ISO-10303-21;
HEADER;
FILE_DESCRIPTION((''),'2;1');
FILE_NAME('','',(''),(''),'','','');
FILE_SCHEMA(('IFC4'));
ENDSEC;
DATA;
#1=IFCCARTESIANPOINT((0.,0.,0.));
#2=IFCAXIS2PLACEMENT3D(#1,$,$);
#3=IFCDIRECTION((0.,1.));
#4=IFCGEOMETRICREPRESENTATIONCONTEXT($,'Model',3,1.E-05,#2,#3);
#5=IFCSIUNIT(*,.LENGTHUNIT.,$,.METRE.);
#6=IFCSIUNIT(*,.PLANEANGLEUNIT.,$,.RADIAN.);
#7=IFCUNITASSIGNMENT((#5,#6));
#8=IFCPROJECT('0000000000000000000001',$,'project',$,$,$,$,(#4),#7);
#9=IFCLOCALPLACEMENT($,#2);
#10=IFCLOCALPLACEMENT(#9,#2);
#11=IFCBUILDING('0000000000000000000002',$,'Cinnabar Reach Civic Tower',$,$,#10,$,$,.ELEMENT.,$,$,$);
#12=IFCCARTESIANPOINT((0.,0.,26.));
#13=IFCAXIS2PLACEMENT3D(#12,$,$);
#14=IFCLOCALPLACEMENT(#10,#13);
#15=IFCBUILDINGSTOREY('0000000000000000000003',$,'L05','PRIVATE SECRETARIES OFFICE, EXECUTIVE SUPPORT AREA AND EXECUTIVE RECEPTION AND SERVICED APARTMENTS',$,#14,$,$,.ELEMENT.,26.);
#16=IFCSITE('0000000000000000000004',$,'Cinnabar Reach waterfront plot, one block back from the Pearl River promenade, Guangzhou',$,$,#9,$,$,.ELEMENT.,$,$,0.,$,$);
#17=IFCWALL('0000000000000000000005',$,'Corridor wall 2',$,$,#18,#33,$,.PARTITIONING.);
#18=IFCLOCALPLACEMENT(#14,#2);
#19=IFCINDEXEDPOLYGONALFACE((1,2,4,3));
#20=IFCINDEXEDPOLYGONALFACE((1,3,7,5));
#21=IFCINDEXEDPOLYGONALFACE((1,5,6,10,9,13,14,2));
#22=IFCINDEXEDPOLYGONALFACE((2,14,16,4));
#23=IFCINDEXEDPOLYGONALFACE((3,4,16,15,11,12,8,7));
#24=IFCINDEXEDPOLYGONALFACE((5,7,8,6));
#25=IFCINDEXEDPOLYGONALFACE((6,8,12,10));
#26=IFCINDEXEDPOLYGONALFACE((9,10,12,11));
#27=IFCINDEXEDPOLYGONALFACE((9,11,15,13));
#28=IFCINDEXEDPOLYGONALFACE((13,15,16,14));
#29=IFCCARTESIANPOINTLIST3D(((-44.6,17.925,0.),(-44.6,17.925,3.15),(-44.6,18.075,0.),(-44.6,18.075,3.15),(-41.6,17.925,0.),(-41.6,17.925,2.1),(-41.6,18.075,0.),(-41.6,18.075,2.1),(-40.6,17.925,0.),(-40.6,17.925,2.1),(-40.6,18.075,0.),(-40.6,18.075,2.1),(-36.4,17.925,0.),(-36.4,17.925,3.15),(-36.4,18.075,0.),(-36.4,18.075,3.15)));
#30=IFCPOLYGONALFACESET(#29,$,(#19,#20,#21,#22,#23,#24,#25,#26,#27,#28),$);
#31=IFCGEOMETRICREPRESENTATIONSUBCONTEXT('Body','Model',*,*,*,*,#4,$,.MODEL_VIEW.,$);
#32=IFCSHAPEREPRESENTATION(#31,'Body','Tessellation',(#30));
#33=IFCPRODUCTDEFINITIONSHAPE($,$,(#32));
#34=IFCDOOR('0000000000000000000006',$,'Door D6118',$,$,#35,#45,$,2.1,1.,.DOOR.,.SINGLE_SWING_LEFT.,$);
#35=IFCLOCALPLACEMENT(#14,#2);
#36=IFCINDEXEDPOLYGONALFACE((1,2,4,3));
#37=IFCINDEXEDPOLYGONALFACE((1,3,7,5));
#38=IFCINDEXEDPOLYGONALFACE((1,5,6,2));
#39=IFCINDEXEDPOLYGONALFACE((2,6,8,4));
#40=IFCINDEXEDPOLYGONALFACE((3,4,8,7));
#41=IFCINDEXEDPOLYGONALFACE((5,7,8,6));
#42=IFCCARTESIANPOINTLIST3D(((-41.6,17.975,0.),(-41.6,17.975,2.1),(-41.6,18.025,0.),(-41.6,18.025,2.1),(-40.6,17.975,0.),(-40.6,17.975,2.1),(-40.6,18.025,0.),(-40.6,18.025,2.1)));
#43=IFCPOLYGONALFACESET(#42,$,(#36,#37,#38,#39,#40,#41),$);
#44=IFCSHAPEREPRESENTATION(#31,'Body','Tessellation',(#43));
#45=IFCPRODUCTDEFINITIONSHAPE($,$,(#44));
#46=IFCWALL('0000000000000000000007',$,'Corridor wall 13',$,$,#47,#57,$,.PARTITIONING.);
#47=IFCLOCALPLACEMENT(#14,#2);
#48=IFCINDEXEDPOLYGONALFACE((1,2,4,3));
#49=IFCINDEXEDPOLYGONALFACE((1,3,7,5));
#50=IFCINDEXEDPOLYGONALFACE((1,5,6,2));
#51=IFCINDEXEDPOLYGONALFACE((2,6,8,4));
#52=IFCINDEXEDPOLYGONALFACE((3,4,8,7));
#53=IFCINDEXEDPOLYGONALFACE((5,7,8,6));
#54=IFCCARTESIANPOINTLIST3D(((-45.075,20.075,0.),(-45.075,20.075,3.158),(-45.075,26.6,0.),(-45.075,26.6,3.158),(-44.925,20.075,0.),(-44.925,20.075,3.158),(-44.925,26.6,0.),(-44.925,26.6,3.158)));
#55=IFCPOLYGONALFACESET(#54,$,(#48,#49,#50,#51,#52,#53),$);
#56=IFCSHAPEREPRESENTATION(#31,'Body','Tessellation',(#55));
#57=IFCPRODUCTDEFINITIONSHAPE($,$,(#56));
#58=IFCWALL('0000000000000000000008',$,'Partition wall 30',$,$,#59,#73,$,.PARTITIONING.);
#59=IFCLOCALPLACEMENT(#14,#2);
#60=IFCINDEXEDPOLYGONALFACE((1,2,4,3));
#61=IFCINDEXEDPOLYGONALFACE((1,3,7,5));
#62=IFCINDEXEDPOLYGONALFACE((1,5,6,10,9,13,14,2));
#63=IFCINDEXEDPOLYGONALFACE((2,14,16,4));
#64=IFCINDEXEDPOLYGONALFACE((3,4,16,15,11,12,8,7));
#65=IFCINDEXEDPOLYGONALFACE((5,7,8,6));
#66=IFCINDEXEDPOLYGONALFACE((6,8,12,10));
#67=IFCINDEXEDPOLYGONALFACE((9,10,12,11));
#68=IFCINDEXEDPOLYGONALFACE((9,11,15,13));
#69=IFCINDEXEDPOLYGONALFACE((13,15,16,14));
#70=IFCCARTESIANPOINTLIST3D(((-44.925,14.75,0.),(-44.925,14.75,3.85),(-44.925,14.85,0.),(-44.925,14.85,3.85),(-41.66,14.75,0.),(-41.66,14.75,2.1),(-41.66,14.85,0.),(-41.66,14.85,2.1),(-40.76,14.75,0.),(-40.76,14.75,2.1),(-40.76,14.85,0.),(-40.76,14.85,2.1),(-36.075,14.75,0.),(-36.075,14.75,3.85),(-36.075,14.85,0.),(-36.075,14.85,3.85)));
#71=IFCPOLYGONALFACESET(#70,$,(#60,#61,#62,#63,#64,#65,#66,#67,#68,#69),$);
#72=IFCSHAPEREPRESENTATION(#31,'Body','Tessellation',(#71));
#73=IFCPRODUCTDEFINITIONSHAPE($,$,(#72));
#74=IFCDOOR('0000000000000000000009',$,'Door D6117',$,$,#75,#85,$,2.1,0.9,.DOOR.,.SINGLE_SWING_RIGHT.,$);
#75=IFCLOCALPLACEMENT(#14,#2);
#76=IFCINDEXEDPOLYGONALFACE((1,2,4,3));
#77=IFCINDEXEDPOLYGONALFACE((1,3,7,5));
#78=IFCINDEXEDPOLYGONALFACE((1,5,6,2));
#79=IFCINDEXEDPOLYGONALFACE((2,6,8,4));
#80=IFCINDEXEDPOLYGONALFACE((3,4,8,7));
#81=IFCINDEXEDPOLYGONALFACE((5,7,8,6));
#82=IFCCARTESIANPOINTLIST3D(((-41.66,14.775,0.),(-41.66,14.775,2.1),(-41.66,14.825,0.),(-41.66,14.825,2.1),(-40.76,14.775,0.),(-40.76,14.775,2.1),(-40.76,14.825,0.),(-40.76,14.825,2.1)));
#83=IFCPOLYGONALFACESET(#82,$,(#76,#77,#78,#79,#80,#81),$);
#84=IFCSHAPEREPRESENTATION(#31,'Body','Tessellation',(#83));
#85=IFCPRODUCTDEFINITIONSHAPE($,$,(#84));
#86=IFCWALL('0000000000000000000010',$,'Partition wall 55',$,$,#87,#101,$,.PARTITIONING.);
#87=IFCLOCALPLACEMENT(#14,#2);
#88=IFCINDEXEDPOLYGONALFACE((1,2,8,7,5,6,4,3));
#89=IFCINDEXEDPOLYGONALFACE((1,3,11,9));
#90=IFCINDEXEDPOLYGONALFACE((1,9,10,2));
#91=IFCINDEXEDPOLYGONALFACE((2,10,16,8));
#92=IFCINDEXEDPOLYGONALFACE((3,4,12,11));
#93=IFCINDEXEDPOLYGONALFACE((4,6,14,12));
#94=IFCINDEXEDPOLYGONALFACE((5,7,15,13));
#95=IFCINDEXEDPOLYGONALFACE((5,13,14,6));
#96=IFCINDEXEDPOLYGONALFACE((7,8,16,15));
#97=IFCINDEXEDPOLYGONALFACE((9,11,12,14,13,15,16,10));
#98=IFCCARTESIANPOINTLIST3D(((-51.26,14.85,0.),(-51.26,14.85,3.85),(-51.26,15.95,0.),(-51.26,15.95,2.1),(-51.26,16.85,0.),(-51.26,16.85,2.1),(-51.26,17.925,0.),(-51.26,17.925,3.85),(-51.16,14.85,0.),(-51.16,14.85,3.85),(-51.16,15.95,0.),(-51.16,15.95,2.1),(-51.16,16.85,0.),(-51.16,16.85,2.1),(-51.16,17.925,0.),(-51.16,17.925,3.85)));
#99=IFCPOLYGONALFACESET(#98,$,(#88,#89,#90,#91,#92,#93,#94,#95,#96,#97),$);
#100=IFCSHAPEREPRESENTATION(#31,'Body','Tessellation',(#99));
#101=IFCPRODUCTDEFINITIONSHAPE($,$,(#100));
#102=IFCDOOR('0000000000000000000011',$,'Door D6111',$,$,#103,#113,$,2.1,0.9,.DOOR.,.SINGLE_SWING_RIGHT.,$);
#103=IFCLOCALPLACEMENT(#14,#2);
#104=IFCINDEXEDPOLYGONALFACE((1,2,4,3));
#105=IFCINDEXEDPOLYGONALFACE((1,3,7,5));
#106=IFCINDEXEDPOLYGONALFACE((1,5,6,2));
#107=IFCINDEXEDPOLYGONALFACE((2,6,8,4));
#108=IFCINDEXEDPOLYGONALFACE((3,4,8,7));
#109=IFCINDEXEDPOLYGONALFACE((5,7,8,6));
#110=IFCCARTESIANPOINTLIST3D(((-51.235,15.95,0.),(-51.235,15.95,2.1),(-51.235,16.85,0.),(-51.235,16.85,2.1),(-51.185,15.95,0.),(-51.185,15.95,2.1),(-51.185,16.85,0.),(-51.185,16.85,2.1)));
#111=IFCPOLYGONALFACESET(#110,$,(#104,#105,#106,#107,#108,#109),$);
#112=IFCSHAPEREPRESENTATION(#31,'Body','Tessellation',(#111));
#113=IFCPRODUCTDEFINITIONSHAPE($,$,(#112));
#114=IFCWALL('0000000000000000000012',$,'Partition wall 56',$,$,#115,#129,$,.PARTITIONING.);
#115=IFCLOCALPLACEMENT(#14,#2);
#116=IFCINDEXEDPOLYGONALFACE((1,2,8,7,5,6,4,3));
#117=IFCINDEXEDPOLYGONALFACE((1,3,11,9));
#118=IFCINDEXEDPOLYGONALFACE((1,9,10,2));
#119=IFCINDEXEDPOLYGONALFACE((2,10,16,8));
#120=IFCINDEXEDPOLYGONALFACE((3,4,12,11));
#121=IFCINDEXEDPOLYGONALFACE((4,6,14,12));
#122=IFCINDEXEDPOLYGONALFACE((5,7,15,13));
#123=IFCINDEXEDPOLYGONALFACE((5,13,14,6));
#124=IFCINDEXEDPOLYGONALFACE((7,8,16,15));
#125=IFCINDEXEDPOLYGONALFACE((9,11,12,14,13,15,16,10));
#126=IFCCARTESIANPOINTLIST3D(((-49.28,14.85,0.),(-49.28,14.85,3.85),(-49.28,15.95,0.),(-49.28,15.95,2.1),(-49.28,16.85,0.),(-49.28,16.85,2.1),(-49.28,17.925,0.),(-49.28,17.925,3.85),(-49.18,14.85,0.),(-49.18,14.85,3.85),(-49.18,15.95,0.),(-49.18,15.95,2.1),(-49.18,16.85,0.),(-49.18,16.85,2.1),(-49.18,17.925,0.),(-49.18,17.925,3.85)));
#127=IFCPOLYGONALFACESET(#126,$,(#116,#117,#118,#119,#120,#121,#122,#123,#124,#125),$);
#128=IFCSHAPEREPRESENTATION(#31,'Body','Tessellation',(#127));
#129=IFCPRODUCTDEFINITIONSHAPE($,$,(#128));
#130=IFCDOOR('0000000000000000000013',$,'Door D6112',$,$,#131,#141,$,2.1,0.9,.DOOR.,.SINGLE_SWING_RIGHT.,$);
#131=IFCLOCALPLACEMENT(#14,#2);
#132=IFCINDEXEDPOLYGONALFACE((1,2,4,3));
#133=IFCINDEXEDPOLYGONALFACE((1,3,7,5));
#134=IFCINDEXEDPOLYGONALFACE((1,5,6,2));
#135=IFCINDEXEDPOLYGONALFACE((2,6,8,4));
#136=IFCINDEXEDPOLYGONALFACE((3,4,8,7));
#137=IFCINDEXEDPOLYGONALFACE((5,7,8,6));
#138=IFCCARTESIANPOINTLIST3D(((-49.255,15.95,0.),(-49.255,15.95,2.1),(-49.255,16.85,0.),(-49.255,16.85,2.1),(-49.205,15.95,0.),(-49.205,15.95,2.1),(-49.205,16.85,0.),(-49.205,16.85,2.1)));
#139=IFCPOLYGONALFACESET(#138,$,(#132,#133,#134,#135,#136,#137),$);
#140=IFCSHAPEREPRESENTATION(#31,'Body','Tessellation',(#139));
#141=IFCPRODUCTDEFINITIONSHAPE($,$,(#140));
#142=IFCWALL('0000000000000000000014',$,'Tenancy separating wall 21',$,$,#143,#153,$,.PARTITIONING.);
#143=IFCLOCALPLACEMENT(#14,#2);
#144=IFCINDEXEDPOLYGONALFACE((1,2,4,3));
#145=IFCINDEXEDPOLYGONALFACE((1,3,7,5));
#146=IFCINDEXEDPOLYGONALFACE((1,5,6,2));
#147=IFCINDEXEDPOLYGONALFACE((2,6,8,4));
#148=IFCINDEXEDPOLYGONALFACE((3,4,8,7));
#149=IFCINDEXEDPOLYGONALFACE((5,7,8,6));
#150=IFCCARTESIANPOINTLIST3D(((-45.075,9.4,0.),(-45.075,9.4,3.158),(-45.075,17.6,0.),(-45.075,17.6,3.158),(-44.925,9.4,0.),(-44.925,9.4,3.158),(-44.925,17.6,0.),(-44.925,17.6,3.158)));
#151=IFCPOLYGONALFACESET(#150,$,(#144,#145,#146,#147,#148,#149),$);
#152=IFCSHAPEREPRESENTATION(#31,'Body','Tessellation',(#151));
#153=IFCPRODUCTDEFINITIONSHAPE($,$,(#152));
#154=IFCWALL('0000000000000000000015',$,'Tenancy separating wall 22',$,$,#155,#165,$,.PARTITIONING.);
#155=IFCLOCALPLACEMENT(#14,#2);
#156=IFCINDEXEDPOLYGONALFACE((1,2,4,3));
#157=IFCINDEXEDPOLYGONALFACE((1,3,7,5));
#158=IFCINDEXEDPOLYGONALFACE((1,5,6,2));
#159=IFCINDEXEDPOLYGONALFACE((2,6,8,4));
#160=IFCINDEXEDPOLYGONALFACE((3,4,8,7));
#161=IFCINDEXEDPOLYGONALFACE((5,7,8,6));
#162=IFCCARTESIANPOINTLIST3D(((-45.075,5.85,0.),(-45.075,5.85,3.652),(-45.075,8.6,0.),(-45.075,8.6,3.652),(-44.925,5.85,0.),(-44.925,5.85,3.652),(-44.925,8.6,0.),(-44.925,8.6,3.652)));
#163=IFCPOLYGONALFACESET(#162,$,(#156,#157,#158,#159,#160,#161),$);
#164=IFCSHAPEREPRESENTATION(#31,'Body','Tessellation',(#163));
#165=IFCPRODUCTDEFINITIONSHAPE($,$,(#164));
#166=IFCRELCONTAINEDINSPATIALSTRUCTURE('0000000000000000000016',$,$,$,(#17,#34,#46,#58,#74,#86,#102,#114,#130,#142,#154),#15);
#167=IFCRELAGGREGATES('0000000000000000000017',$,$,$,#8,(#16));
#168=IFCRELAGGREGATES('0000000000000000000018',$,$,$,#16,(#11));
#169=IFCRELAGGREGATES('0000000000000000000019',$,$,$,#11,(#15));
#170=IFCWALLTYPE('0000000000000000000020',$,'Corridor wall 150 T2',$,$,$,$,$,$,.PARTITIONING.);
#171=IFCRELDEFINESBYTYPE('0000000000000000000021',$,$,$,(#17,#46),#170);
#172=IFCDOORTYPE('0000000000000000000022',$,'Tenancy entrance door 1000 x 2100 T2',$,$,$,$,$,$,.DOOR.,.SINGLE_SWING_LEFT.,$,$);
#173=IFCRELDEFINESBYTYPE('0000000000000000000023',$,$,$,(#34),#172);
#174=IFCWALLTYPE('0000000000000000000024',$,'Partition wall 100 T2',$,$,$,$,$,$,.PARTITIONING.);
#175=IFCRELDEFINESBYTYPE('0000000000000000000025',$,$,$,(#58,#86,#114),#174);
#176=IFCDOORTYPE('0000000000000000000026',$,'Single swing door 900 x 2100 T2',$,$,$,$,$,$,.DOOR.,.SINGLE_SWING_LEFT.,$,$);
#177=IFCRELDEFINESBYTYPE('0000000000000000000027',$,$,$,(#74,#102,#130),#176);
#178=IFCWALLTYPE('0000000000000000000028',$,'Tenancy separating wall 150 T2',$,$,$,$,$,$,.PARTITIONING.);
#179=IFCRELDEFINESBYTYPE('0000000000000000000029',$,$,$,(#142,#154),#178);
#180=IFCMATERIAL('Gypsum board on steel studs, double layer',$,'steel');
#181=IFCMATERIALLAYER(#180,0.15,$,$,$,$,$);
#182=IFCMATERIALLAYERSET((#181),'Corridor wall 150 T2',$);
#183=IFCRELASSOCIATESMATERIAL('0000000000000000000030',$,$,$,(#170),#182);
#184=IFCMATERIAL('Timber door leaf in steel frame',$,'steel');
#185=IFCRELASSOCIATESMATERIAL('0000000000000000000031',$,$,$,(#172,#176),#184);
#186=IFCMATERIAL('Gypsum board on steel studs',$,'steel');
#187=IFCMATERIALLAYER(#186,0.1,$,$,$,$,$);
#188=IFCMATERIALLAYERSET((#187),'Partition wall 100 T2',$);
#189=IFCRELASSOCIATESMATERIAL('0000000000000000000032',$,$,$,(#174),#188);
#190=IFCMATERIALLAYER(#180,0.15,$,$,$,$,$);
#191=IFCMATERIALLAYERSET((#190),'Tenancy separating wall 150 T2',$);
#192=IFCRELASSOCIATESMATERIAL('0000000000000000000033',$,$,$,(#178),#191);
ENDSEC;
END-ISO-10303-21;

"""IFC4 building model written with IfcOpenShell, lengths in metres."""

from ifc_helpers import new_model, si_unit, direction, frame, frame_2d, origin, place, context, subcontext, project, spatial, rectangle, extrude, material, layer, layer_set, type_object, element, fill, save


model = new_model("IFC4")

# Units and contexts
model_context = context("Model", 3, precision=1e-05, world=origin(), true_north=direction((0.0, 1.0)))
body_context = subcontext(model_context, "Body", "Model", "MODEL_VIEW")
ifc_project = project(units=[si_unit("LENGTHUNIT", "METRE"), si_unit("PLANEANGLEUNIT", "RADIAN")], contexts=[model_context])

# Site, building, storey
site_placement = place(None, origin())
site = spatial("IfcSite", under=ifc_project, at=site_placement, Name="Cinnabar Reach waterfront plot, one block back from the Pearl River promenade, Guangzhou", CompositionType="ELEMENT", RefElevation=0.0)
building_placement = place(site_placement, origin())
building = spatial("IfcBuilding", under=site, at=building_placement, Name="Cinnabar Reach Civic Tower", CompositionType="ELEMENT")
storey_placement = place(building_placement, frame((0.0, 0.0, 26.0)))
storey = spatial("IfcBuildingStorey", under=building, at=storey_placement, Name="L05", Description="PRIVATE SECRETARIES OFFICE, EXECUTIVE SUPPORT AREA AND EXECUTIVE RECEPTION AND SERVICED APARTMENTS", CompositionType="ELEMENT", Elevation=26.0)

# Wall, opening, door
ifc_material_1 = material(Name="Gypsum board on steel studs, double layer", Category="steel")
ifc_layer_1 = layer(ifc_material_1, 0.15)
ifc_layer_set_1 = layer_set([ifc_layer_1], Name="Corridor wall 150 T2")
wall_type_1 = type_object("IfcWallType", Name="Corridor wall 150 T2", PredefinedType="PARTITIONING", material=ifc_layer_set_1)
wall_1_placement = place(storey_placement, frame((-44.6, 18.0, 0.0), z_axis=(0.0, 0.0, 1.0), x_axis=(1.0, 0.0, 0.0)))
wall_1 = element("IfcWall", 1, at=wall_1_placement, inside=storey, type_object=wall_type_1, Name="Corridor wall 2", PredefinedType="PARTITIONING", context=body_context, shape_type="SweptSolid", body=[
    extrude(rectangle(XDim=8.2, YDim=0.15, at=frame_2d((4.1, 0.0))), origin(), (0.0, 0.0, 1.0), 3.15),
])
opening_1_placement = place(wall_1_placement, frame((3.0, 0.0, 0.0)))
opening_1 = element("IfcOpeningElement", 2, at=opening_1_placement, cuts=wall_1, PredefinedType="OPENING", context=body_context, shape_type="SweptSolid", body=[
    extrude(rectangle(XDim=1.0, YDim=2.1, at=frame_2d((0.5, 1.05))), frame((0.0, 0.085, 0.0), z_axis=(0.0, -1.0, 0.0), x_axis=(1.0, 0.0, 0.0)), (0.0, 0.0, 1.0), 0.17),
])
ifc_material_2 = material(Name="Timber door leaf in steel frame", Category="steel")
door_type_1 = type_object("IfcDoorType", Name="Tenancy entrance door 1000 x 2100 T2", OperationType="SINGLE_SWING_LEFT", PredefinedType="DOOR", material=ifc_material_2)
door_1_placement = place(opening_1_placement, frame((1.0, 0.0, 0.0), z_axis=(0.0, 0.0, 1.0), x_axis=(-1.0, 0.0, 0.0)))
door_1 = element("IfcDoor", 3, at=door_1_placement, inside=storey, type_object=door_type_1, Name="Door D6118", OperationType="SINGLE_SWING_LEFT", OverallHeight=2.1, OverallWidth=1.0, PredefinedType="DOOR", context=body_context, shape_type="SweptSolid", body=[
    extrude(rectangle(XDim=1.0, YDim=2.1, at=frame_2d((0.5, 1.05))), frame((0.0, 0.025, 0.0), z_axis=(0.0, -1.0, 0.0), x_axis=(1.0, 0.0, 0.0)), (0.0, 0.0, 1.0), 0.05),
])
fill(opening_1, door_1)

# Wall
wall_2_placement = place(storey_placement, frame((-45.0, 20.075, 0.0), z_axis=(0.0, 0.0, 1.0), x_axis=(0.0, 1.0, 0.0)))
element("IfcWall", 4, at=wall_2_placement, inside=storey, type_object=wall_type_1, Name="Corridor wall 13", PredefinedType="PARTITIONING", context=body_context, shape_type="SweptSolid", body=[
    extrude(rectangle(XDim=6.525, YDim=0.15, at=frame_2d((3.2625, 0.0))), origin(), (0.0, 0.0, 1.0), 3.158),
])

# Walls, openings, doors
ifc_material_3 = material(Name="Gypsum board on steel studs", Category="steel")
ifc_layer_2 = layer(ifc_material_3, 0.1)
ifc_layer_set_2 = layer_set([ifc_layer_2], Name="Partition wall 100 T2")
wall_type_2 = type_object("IfcWallType", Name="Partition wall 100 T2", PredefinedType="PARTITIONING", material=ifc_layer_set_2)
wall_3_placement = place(storey_placement, frame((-44.925, 14.8, 0.0), z_axis=(0.0, 0.0, 1.0), x_axis=(1.0, 0.0, 0.0)))
wall_3 = element("IfcWall", 5, at=wall_3_placement, inside=storey, type_object=wall_type_2, Name="Partition wall 30", PredefinedType="PARTITIONING", context=body_context, shape_type="SweptSolid", body=[
    extrude(rectangle(XDim=8.85, YDim=0.1, at=frame_2d((4.425, 0.0))), origin(), (0.0, 0.0, 1.0), 3.85),
])
opening_2_placement = place(wall_3_placement, frame((3.265, 0.0, 0.0)))
opening_2 = element("IfcOpeningElement", 6, at=opening_2_placement, cuts=wall_3, PredefinedType="OPENING", context=body_context, shape_type="SweptSolid", body=[
    extrude(rectangle(XDim=0.9, YDim=2.1, at=frame_2d((0.45, 1.05))), frame((0.0, 0.06, 0.0), z_axis=(0.0, -1.0, 0.0), x_axis=(1.0, 0.0, 0.0)), (0.0, 0.0, 1.0), 0.12),
])
door_type_2 = type_object("IfcDoorType", Name="Single swing door 900 x 2100 T2", OperationType="SINGLE_SWING_LEFT", PredefinedType="DOOR", material=ifc_material_2)
door_2_placement = place(opening_2_placement, origin())
door_2 = element("IfcDoor", 7, at=door_2_placement, inside=storey, type_object=door_type_2, Name="Door D6117", OperationType="SINGLE_SWING_RIGHT", OverallHeight=2.1, OverallWidth=0.9, PredefinedType="DOOR", context=body_context, shape_type="SweptSolid", body=[
    extrude(rectangle(XDim=0.9, YDim=2.1, at=frame_2d((0.45, 1.05))), frame((0.0, 0.025, 0.0), z_axis=(0.0, -1.0, 0.0), x_axis=(1.0, 0.0, 0.0)), (0.0, 0.0, 1.0), 0.05),
])
fill(opening_2, door_2)
wall_4_placement = place(storey_placement, frame((-51.21, 14.85, 0.0), z_axis=(0.0, 0.0, 1.0), x_axis=(0.0, 1.0, 0.0)))
wall_4 = element("IfcWall", 8, at=wall_4_placement, inside=storey, type_object=wall_type_2, Name="Partition wall 55", PredefinedType="PARTITIONING", context=body_context, shape_type="SweptSolid", body=[
    extrude(rectangle(XDim=3.075, YDim=0.1, at=frame_2d((1.5375, 0.0))), origin(), (0.0, 0.0, 1.0), 3.85),
])
opening_3_placement = place(wall_4_placement, frame((1.1, 0.0, 0.0)))
opening_3 = element("IfcOpeningElement", 9, at=opening_3_placement, cuts=wall_4, PredefinedType="OPENING", context=body_context, shape_type="SweptSolid", body=[
    extrude(rectangle(XDim=0.9, YDim=2.1, at=frame_2d((0.45, 1.05))), frame((0.0, 0.06, 0.0), z_axis=(0.0, -1.0, 0.0), x_axis=(1.0, 0.0, 0.0)), (0.0, 0.0, 1.0), 0.12),
])
door_3_placement = place(opening_3_placement, origin())
door_3 = element("IfcDoor", 10, at=door_3_placement, inside=storey, type_object=door_type_2, Name="Door D6111", OperationType="SINGLE_SWING_RIGHT", OverallHeight=2.1, OverallWidth=0.9, PredefinedType="DOOR", context=body_context, shape_type="SweptSolid", body=[
    extrude(rectangle(XDim=0.9, YDim=2.1, at=frame_2d((0.45, 1.05))), frame((0.0, 0.025, 0.0), z_axis=(0.0, -1.0, 0.0), x_axis=(1.0, 0.0, 0.0)), (0.0, 0.0, 1.0), 0.05),
])
fill(opening_3, door_3)
wall_5_placement = place(storey_placement, frame((-49.23, 14.85, 0.0), z_axis=(0.0, 0.0, 1.0), x_axis=(0.0, 1.0, 0.0)))
wall_5 = element("IfcWall", 11, at=wall_5_placement, inside=storey, type_object=wall_type_2, Name="Partition wall 56", PredefinedType="PARTITIONING", context=body_context, shape_type="SweptSolid", body=[
    extrude(rectangle(XDim=3.075, YDim=0.1, at=frame_2d((1.5375, 0.0))), origin(), (0.0, 0.0, 1.0), 3.85),
])
opening_4_placement = place(wall_5_placement, frame((1.1, 0.0, 0.0)))
opening_4 = element("IfcOpeningElement", 12, at=opening_4_placement, cuts=wall_5, PredefinedType="OPENING", context=body_context, shape_type="SweptSolid", body=[
    extrude(rectangle(XDim=0.9, YDim=2.1, at=frame_2d((0.45, 1.05))), frame((0.0, 0.06, 0.0), z_axis=(0.0, -1.0, 0.0), x_axis=(1.0, 0.0, 0.0)), (0.0, 0.0, 1.0), 0.12),
])
door_4_placement = place(opening_4_placement, origin())
door_4 = element("IfcDoor", 13, at=door_4_placement, inside=storey, type_object=door_type_2, Name="Door D6112", OperationType="SINGLE_SWING_RIGHT", OverallHeight=2.1, OverallWidth=0.9, PredefinedType="DOOR", context=body_context, shape_type="SweptSolid", body=[
    extrude(rectangle(XDim=0.9, YDim=2.1, at=frame_2d((0.45, 1.05))), frame((0.0, 0.025, 0.0), z_axis=(0.0, -1.0, 0.0), x_axis=(1.0, 0.0, 0.0)), (0.0, 0.0, 1.0), 0.05),
])
fill(opening_4, door_4)

# Walls
ifc_layer_3 = layer(ifc_material_1, 0.15)
ifc_layer_set_3 = layer_set([ifc_layer_3], Name="Tenancy separating wall 150 T2")
wall_type_3 = type_object("IfcWallType", Name="Tenancy separating wall 150 T2", PredefinedType="PARTITIONING", material=ifc_layer_set_3)
wall_6_placement = place(storey_placement, frame((-45.0, 9.4, 0.0), z_axis=(0.0, 0.0, 1.0), x_axis=(0.0, 1.0, 0.0)))
element("IfcWall", 14, at=wall_6_placement, inside=storey, type_object=wall_type_3, Name="Tenancy separating wall 21", PredefinedType="PARTITIONING", context=body_context, shape_type="SweptSolid", body=[
    extrude(rectangle(XDim=8.2, YDim=0.15, at=frame_2d((4.1, 0.0))), origin(), (0.0, 0.0, 1.0), 3.158),
])
wall_7_placement = place(storey_placement, frame((-45.0, 5.85, 0.0), z_axis=(0.0, 0.0, 1.0), x_axis=(0.0, 1.0, 0.0)))
element("IfcWall", 15, at=wall_7_placement, inside=storey, type_object=wall_type_3, Name="Tenancy separating wall 22", PredefinedType="PARTITIONING", context=body_context, shape_type="SweptSolid", body=[
    extrude(rectangle(XDim=2.75, YDim=0.15, at=frame_2d((1.375, 0.0))), origin(), (0.0, 0.0, 1.0), 3.652),
])

save(model, "model.ifc")
